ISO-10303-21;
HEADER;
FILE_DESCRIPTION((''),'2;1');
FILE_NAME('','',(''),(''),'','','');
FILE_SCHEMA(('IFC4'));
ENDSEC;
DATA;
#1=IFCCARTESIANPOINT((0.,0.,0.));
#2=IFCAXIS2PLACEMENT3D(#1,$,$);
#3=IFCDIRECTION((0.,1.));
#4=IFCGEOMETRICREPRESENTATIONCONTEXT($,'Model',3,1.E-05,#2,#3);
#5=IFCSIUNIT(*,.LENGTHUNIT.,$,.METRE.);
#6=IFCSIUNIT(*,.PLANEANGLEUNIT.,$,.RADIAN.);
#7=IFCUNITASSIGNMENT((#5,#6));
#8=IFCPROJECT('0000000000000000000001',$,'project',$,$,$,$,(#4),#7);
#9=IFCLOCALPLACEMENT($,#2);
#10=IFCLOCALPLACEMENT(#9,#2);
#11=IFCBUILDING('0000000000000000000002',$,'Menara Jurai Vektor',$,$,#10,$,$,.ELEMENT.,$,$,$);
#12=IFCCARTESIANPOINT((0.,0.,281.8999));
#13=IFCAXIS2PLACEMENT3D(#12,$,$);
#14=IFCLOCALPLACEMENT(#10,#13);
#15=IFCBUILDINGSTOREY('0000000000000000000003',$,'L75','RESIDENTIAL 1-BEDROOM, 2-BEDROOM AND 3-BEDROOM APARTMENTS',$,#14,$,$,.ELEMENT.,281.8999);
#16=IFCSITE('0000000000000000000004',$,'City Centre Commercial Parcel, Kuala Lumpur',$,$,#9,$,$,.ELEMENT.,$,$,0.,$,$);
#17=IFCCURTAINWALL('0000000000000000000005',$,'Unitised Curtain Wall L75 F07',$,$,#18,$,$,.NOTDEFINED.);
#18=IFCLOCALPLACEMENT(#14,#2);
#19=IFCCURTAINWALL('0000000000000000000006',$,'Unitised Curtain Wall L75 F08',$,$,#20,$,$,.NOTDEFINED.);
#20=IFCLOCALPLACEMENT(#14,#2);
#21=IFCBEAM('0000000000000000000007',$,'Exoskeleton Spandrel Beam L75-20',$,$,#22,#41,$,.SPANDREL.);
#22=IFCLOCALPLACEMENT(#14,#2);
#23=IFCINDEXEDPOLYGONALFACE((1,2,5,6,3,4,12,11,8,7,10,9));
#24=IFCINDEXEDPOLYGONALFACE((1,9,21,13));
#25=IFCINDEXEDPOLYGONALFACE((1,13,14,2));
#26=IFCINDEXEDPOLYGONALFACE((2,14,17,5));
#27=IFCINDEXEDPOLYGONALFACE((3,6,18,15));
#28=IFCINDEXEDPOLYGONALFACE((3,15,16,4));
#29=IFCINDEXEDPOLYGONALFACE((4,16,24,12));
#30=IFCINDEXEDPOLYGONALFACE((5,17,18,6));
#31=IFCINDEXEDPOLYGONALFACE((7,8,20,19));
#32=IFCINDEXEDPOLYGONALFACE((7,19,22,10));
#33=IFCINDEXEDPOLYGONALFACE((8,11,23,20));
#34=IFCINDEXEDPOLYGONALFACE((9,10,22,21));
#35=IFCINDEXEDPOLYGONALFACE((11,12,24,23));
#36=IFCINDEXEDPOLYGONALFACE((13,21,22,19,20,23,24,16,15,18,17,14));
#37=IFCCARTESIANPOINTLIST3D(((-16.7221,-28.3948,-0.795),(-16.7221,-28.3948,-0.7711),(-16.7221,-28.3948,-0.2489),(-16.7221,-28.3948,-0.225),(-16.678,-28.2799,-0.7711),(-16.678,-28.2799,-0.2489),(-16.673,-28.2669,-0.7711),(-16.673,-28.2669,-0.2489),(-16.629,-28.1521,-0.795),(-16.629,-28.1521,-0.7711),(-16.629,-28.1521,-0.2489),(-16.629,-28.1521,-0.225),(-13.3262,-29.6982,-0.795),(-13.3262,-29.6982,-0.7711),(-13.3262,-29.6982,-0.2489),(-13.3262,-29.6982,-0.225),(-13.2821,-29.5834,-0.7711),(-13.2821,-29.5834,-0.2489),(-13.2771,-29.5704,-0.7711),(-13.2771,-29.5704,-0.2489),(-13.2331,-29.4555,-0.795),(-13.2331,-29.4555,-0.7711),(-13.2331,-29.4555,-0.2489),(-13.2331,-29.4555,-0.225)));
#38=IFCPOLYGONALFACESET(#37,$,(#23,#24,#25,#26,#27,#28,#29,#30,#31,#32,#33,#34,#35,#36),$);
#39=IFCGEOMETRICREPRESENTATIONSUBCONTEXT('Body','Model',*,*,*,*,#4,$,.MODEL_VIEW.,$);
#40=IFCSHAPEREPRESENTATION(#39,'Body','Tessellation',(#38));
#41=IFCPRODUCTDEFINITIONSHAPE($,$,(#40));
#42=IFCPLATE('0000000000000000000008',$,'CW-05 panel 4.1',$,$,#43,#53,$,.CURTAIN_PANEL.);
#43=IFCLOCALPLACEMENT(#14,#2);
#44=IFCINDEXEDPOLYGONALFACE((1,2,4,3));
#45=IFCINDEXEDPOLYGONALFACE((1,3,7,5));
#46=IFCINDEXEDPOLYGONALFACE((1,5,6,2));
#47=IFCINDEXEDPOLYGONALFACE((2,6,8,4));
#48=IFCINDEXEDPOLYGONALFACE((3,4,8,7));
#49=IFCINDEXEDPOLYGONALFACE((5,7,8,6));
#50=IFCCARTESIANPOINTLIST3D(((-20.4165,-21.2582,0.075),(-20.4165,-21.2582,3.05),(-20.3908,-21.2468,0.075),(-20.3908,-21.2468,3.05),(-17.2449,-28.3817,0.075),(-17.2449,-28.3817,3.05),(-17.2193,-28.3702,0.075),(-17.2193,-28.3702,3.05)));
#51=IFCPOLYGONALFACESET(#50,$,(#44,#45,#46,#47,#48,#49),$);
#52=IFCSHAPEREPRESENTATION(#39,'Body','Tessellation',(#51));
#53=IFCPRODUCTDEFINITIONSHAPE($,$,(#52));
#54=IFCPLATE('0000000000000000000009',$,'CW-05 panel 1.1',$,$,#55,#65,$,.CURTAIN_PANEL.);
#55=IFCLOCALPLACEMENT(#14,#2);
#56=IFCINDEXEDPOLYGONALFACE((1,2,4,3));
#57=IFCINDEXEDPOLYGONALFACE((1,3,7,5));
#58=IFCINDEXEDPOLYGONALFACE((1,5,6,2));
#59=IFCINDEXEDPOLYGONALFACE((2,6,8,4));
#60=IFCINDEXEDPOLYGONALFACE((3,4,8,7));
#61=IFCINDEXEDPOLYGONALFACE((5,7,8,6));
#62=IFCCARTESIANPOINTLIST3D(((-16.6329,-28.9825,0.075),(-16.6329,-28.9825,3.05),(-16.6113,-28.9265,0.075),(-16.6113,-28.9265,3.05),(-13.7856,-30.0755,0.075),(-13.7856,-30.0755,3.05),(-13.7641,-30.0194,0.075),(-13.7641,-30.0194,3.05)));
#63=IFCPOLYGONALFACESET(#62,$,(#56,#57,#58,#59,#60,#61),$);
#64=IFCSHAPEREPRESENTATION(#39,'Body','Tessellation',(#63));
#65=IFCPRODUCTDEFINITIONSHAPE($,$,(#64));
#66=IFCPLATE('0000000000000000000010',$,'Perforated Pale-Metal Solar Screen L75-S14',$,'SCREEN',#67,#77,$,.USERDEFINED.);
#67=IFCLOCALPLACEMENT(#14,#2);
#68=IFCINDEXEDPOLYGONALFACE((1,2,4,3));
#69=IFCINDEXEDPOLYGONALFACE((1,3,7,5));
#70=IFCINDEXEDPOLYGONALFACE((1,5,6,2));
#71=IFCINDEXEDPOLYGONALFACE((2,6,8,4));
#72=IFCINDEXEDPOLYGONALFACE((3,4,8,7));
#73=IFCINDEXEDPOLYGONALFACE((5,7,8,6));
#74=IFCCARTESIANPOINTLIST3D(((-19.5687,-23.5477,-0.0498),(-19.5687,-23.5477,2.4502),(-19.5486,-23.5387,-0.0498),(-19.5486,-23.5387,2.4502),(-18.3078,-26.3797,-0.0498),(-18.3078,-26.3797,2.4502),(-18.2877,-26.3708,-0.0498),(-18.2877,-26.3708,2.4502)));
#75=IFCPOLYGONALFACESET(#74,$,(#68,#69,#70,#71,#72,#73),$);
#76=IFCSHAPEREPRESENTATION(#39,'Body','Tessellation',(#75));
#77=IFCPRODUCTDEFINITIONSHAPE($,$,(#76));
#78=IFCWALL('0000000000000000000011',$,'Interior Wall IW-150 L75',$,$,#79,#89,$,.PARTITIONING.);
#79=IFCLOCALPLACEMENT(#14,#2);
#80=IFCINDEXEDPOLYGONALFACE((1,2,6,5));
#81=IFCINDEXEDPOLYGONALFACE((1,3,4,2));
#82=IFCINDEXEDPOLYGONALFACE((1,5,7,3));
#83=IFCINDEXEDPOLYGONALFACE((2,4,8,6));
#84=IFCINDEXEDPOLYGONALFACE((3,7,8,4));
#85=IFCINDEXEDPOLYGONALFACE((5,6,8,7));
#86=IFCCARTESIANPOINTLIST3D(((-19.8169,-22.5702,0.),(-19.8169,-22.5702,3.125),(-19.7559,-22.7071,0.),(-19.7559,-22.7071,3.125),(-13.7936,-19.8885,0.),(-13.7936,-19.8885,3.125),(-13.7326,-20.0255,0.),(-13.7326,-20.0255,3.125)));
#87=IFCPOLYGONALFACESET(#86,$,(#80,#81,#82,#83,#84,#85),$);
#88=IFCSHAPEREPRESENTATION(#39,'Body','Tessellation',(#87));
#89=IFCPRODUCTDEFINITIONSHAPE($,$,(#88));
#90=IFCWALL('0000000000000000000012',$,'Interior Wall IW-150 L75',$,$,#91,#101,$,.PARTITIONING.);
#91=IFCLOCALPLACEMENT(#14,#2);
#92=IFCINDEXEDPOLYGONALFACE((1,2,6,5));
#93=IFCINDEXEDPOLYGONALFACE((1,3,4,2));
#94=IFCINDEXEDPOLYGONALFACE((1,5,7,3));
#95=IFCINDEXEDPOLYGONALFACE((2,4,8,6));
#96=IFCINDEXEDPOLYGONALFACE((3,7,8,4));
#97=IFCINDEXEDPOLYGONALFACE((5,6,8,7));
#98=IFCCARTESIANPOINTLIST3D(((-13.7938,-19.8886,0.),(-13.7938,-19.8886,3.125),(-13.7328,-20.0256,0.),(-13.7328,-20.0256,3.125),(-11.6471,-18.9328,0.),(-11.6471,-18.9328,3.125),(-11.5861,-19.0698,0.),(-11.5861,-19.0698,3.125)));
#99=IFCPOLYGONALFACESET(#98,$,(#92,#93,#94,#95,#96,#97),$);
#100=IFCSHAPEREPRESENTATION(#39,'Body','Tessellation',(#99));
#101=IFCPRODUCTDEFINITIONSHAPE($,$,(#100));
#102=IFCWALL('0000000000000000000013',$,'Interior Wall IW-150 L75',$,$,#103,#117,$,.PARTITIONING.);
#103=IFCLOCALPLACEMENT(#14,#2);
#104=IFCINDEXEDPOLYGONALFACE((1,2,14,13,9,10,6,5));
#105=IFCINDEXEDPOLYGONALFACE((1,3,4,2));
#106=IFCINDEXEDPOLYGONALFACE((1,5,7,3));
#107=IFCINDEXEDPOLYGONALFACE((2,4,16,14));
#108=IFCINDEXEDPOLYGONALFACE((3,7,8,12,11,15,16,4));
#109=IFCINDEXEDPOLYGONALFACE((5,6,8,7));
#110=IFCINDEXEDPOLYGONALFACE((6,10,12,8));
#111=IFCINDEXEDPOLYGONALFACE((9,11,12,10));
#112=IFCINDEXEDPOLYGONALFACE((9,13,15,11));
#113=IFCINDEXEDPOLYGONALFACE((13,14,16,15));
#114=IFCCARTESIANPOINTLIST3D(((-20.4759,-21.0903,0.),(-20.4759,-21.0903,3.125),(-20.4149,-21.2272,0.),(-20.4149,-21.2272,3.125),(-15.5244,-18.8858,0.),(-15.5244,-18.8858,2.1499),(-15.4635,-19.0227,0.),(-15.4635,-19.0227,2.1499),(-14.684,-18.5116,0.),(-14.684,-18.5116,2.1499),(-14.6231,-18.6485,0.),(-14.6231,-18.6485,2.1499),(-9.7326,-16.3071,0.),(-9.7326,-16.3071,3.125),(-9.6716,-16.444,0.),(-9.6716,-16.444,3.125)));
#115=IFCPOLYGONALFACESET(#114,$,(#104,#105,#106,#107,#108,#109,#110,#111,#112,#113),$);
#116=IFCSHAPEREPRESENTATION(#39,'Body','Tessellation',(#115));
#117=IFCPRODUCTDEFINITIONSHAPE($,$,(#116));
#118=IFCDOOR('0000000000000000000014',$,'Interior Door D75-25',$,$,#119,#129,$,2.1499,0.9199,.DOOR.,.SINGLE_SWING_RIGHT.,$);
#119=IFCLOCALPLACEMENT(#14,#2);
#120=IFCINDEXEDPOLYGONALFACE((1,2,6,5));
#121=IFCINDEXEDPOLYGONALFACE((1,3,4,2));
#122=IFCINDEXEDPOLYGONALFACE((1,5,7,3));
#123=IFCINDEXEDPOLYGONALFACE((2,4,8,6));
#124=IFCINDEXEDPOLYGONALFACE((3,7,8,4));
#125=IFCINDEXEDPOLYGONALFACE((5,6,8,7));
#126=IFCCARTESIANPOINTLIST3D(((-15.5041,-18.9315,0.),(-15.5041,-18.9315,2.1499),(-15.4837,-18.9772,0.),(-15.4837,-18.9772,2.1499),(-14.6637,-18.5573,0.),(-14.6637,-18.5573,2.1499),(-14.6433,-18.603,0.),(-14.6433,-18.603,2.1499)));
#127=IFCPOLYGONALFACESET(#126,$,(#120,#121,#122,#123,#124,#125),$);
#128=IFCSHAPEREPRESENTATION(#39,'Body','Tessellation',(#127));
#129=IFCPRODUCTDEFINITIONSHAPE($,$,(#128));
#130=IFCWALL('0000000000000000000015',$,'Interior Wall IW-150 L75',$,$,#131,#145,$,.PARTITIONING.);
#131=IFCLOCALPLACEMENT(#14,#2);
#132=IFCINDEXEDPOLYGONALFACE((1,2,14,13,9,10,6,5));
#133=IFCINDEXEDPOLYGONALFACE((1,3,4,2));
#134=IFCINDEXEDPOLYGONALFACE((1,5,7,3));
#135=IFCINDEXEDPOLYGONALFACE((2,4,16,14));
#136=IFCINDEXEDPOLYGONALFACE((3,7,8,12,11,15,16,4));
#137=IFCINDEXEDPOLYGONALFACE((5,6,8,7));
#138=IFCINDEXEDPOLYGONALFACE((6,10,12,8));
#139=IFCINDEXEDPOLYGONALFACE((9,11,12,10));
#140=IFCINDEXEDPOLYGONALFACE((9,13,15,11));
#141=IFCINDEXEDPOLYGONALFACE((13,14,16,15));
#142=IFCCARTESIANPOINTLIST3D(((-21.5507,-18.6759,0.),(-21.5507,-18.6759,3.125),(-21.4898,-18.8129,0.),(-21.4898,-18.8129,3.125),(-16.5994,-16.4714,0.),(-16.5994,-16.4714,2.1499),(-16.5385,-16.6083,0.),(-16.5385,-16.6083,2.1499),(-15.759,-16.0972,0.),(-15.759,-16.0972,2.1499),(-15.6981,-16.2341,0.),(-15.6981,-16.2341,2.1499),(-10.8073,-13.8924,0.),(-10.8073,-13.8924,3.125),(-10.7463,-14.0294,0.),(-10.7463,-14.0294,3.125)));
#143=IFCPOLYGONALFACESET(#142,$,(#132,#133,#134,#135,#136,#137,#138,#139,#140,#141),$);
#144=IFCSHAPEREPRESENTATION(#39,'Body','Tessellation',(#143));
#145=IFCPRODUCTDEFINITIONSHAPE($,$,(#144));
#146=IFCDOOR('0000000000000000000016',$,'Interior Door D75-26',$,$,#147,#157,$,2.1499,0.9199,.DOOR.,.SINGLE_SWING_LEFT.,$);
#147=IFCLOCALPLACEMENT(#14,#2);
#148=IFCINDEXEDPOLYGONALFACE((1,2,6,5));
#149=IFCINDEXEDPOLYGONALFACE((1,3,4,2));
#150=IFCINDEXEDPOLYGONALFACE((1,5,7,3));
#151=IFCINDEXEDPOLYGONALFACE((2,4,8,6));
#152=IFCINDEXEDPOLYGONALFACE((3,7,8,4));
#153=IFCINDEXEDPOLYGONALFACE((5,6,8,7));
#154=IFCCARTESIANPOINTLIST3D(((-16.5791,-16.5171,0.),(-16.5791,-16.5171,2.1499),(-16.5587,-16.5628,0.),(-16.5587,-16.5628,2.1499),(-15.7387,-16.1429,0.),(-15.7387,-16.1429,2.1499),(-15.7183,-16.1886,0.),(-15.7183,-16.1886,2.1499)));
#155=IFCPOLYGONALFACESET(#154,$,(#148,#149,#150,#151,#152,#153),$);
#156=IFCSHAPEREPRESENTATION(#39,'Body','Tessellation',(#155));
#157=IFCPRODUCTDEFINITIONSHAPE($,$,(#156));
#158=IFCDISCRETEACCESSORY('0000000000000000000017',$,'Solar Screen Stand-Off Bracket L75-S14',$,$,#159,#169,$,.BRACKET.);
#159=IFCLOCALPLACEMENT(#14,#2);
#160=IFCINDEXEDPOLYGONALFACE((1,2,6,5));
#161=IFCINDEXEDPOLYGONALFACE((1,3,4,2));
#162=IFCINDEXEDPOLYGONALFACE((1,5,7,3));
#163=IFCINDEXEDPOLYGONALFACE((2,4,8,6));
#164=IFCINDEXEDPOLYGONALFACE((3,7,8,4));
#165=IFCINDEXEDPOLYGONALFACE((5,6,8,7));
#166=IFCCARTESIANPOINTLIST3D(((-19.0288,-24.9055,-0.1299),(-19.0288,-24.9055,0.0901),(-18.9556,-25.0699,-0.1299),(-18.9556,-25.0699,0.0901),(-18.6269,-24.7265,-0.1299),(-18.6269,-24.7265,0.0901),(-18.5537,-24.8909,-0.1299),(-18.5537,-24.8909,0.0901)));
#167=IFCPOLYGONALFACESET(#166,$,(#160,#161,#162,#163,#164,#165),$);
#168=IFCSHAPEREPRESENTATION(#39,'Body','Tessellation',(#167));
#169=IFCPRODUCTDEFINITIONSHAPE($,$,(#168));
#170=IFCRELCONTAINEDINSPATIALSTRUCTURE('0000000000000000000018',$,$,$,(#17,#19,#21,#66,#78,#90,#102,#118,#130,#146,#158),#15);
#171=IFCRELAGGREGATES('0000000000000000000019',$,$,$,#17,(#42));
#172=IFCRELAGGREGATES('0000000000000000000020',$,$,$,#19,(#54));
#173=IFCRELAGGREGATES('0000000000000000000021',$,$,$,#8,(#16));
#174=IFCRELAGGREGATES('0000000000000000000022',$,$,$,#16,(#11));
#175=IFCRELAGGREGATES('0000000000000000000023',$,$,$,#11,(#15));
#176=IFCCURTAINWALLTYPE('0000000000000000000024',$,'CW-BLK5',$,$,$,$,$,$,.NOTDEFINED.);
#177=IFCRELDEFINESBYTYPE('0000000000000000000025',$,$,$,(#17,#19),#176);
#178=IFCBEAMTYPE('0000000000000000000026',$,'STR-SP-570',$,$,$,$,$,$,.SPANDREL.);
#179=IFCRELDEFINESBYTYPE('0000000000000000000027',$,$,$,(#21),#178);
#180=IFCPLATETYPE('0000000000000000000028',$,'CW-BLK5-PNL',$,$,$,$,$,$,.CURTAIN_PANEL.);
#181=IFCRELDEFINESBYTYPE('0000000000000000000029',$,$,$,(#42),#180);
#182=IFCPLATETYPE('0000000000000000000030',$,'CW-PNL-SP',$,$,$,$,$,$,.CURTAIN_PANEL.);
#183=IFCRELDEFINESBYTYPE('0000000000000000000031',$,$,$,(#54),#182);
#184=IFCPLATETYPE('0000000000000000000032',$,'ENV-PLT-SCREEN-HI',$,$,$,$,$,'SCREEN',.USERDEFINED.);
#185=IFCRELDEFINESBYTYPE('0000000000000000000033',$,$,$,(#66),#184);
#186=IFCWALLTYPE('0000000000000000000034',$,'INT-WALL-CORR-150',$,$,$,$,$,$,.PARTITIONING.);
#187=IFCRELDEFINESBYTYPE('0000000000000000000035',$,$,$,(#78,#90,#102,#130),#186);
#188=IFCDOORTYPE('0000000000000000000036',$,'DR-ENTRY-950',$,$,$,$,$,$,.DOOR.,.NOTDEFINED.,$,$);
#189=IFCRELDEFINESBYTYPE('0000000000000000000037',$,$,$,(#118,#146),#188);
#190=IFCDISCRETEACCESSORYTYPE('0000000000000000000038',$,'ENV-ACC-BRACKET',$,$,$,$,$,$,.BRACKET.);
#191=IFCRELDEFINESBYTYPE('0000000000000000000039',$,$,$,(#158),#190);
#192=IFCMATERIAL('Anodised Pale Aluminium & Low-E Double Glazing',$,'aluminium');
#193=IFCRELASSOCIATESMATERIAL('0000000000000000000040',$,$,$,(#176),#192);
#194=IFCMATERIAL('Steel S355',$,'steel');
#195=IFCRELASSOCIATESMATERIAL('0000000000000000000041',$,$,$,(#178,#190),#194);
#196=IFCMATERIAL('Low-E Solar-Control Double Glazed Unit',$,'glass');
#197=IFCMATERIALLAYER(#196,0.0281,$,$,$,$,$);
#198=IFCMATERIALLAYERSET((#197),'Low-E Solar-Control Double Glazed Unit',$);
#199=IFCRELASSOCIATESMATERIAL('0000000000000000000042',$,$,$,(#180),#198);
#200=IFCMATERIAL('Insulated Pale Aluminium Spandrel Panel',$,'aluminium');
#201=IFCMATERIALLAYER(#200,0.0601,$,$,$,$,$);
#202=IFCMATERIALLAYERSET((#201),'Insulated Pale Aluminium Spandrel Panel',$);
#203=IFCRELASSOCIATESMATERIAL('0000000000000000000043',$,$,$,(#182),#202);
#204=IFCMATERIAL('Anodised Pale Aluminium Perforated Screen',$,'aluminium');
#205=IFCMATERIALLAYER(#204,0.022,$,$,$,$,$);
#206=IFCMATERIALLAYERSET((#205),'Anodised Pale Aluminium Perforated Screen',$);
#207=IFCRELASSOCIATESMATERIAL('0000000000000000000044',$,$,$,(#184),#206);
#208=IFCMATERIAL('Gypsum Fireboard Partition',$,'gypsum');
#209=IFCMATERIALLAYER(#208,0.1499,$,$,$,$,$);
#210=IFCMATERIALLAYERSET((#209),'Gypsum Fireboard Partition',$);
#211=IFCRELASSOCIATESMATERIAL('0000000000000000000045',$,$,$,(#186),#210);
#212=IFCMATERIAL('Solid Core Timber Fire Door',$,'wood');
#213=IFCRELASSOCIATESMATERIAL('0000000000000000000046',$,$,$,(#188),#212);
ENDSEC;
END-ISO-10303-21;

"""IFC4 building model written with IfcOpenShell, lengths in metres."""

from ifc_helpers import new_model, si_unit, direction, frame, frame_2d, origin, origin_2d, place, context, subcontext, project, spatial, rectangle, i_section, extrude, material, layer, layer_set, material_profile, profile_set, type_object, element, fill, aggregate, save


model = new_model("IFC4")

# Units and contexts
model_context = context("Model", 3, precision=1e-05, world=origin(), true_north=direction((0.0, 1.0)))
body_context = subcontext(model_context, "Body", "Model", "MODEL_VIEW")
ifc_project = project(units=[si_unit("LENGTHUNIT", "METRE"), si_unit("PLANEANGLEUNIT", "RADIAN")], contexts=[model_context])

# Site, building, storey
site_placement = place(None, origin())
site = spatial("IfcSite", under=ifc_project, at=site_placement, Name="City Centre Commercial Parcel, Kuala Lumpur", CompositionType="ELEMENT", RefElevation=0.0)
building_placement = place(site_placement, origin())
building = spatial("IfcBuilding", under=site, at=building_placement, Name="Menara Jurai Vektor", CompositionType="ELEMENT")
storey_placement = place(building_placement, frame((0.0, 0.0, 281.8999)))
storey = spatial("IfcBuildingStorey", under=building, at=storey_placement, Name="L75", Description="RESIDENTIAL 1-BEDROOM, 2-BEDROOM AND 3-BEDROOM APARTMENTS", CompositionType="ELEMENT", Elevation=281.8999)

# Curtain walls
ifc_material_1 = material(Name="Anodised Pale Aluminium & Low-E Double Glazing", Category="aluminium")
curtain_wall_type = type_object("IfcCurtainWallType", Name="CW-BLK5", PredefinedType="NOTDEFINED", material=ifc_material_1)
curtain_wall_1_placement = place(storey_placement, origin())
curtain_wall_1 = element("IfcCurtainWall", 1, at=curtain_wall_1_placement, inside=storey, type_object=curtain_wall_type, Name="Unitised Curtain Wall L75 F07", PredefinedType="NOTDEFINED")
curtain_wall_2_placement = place(storey_placement, origin())
curtain_wall_2 = element("IfcCurtainWall", 2, at=curtain_wall_2_placement, inside=storey, type_object=curtain_wall_type, Name="Unitised Curtain Wall L75 F08", PredefinedType="NOTDEFINED")

# Beam
ifc_material_2 = material(Name="Steel S355", Category="steel")
ifc_material_profile_1 = material_profile(ifc_material_2, i_section(OverallWidth=0.26, OverallDepth=0.5701, WebThickness=0.0139, FlangeThickness=0.0239, at=origin_2d()), Name="PG 570x260x145")
ifc_profile_set_1 = profile_set([ifc_material_profile_1], Name="Steel S355")
beam_type_1 = type_object("IfcBeamType", Name="STR-SP-570", PredefinedType="SPANDREL", material=ifc_profile_set_1)
beam_1_placement = place(storey_placement, frame((-16.6755, -28.2734, -0.51), z_axis=(0.933593, -0.358336, 0.0), x_axis=(0.358336, 0.933593, 0.0)))
element("IfcBeam", 3, at=beam_1_placement, inside=storey, type_object=beam_type_1, Name="Exoskeleton Spandrel Beam L75-20", PredefinedType="SPANDREL", context=body_context, shape_type="SweptSolid", body=[
    extrude(i_section(OverallWidth=0.26, OverallDepth=0.5701, WebThickness=0.0139, FlangeThickness=0.0239, at=origin_2d()), origin(), (0.0, 0.0, 1.0), 3.6375),
])

# Plates
ifc_material_3 = material(Name="Low-E Solar-Control Double Glazed Unit", Category="glass")
ifc_layer_1 = layer(ifc_material_3, 0.0281)
ifc_layer_set_1 = layer_set([ifc_layer_1], Name="Low-E Solar-Control Double Glazed Unit")
plate_type_1 = type_object("IfcPlateType", Name="CW-BLK5-PNL", PredefinedType="CURTAIN_PANEL", material=ifc_layer_set_1)
plate_1_placement = place(storey_placement, frame((-18.8179, -24.8142, 0.075), z_axis=(0.0, 0.0, 1.0), x_axis=(0.406735, -0.913546, 0.0)))
plate_1 = element("IfcPlate", 4, at=plate_1_placement, type_object=plate_type_1, Name="CW-05 panel 4.1", PredefinedType="CURTAIN_PANEL", context=body_context, shape_type="SweptSolid", body=[
    extrude(rectangle(XDim=7.7976, YDim=0.0281, at=origin_2d()), origin(), (0.0, 0.0, 1.0), 2.9751),
])
aggregate(curtain_wall_1, [plate_1])
ifc_material_4 = material(Name="Insulated Pale Aluminium Spandrel Panel", Category="aluminium")
ifc_layer_2 = layer(ifc_material_4, 0.0601)
ifc_layer_set_2 = layer_set([ifc_layer_2], Name="Insulated Pale Aluminium Spandrel Panel")
plate_type_2 = type_object("IfcPlateType", Name="CW-PNL-SP", PredefinedType="CURTAIN_PANEL", material=ifc_layer_set_2)
plate_2_placement = place(storey_placement, frame((-15.1985, -29.501, 0.075), z_axis=(0.0, 0.0, 1.0), x_axis=(0.933578, -0.358374, 0.0)))
plate_2 = element("IfcPlate", 5, at=plate_2_placement, type_object=plate_type_2, Name="CW-05 panel 1.1", PredefinedType="CURTAIN_PANEL", context=body_context, shape_type="SweptSolid", body=[
    extrude(rectangle(XDim=3.0498, YDim=0.0601, at=origin_2d()), origin(), (0.0, 0.0, 1.0), 2.9751),
])
aggregate(curtain_wall_2, [plate_2])
ifc_material_5 = material(Name="Anodised Pale Aluminium Perforated Screen", Category="aluminium")
ifc_layer_3 = layer(ifc_material_5, 0.022)
ifc_layer_set_3 = layer_set([ifc_layer_3], Name="Anodised Pale Aluminium Perforated Screen")
plate_type_3 = type_object("IfcPlateType", Name="ENV-PLT-SCREEN-HI", ElementType="SCREEN", PredefinedType="USERDEFINED", material=ifc_layer_set_3)
plate_3_placement = place(storey_placement, frame((-18.9282, -24.9592, -0.0498), z_axis=(0.0, 0.0, 1.0), x_axis=(0.406737, -0.913545, 0.0)))
element("IfcPlate", 6, at=plate_3_placement, inside=storey, type_object=plate_type_3, Name="Perforated Pale-Metal Solar Screen L75-S14", ObjectType="SCREEN", PredefinedType="USERDEFINED", context=body_context, shape_type="SweptSolid", body=[
    extrude(rectangle(XDim=3.1001, YDim=0.022, at=origin_2d()), origin(), (0.0, 0.0, 1.0), 2.5),
])

# Walls
ifc_material_6 = material(Name="Gypsum Fireboard Partition", Category="gypsum")
ifc_layer_4 = layer(ifc_material_6, 0.1499)
ifc_layer_set_4 = layer_set([ifc_layer_4], Name="Gypsum Fireboard Partition")
wall_type = type_object("IfcWallType", Name="INT-WALL-CORR-150", PredefinedType="PARTITIONING", material=ifc_layer_set_4)
wall_1_placement = place(storey_placement, frame((-19.7864, -22.6387, 0.0), z_axis=(0.0, 0.0, 1.0), x_axis=(0.913549, 0.406729, 0.0)))
element("IfcWall", 7, at=wall_1_placement, inside=storey, type_object=wall_type, Name="Interior Wall IW-150 L75", PredefinedType="PARTITIONING", context=body_context, shape_type="SweptSolid", body=[
    extrude(rectangle(XDim=6.5933, YDim=0.1499, at=frame_2d((3.2966, 0.0))), origin(), (0.0, 0.0, 1.0), 3.125),
])
wall_2_placement = place(storey_placement, frame((-13.7632, -19.957, 0.0), z_axis=(0.0, 0.0, 1.0), x_axis=(0.913541, 0.406746, 0.0)))
element("IfcWall", 8, at=wall_2_placement, inside=storey, type_object=wall_type, Name="Interior Wall IW-150 L75", PredefinedType="PARTITIONING", context=body_context, shape_type="SweptSolid", body=[
    extrude(rectangle(XDim=2.3499, YDim=0.1499, at=frame_2d((1.1748, 0.0))), origin(), (0.0, 0.0, 1.0), 3.125),
])

# Walls, openings, doors
wall_3_placement = place(storey_placement, frame((-20.4453, -21.1587, 0.0), z_axis=(0.0, 0.0, 1.0), x_axis=(0.913548, 0.406732, 0.0)))
wall_3 = element("IfcWall", 9, at=wall_3_placement, inside=storey, type_object=wall_type, Name="Interior Wall IW-150 L75", PredefinedType="PARTITIONING", context=body_context, shape_type="SweptSolid", body=[
    extrude(rectangle(XDim=11.76, YDim=0.1499, at=frame_2d((5.8799, 0.0))), origin(), (0.0, 0.0, 1.0), 3.125),
])
opening_1_placement = place(wall_3_placement, frame((5.4199, 0.0, 0.0)))
opening_1 = element("IfcOpeningElement", 10, at=opening_1_placement, cuts=wall_3, PredefinedType="OPENING", context=body_context, shape_type="SweptSolid", body=[
    extrude(rectangle(XDim=0.9199, YDim=2.1499, at=frame_2d((0.46, 1.075))), frame((0.0, 0.085, 0.0), z_axis=(0.0, -1.0, 0.0), x_axis=(1.0, 0.0, 0.0)), (0.0, 0.0, 1.0), 0.1699),
])
ifc_material_7 = material(Name="Solid Core Timber Fire Door", Category="wood")
door_type = type_object("IfcDoorType", Name="DR-ENTRY-950", OperationType="NOTDEFINED", PredefinedType="DOOR", material=ifc_material_7)
door_1_placement = place(opening_1_placement, origin())
door_1 = element("IfcDoor", 11, at=door_1_placement, inside=storey, type_object=door_type, Name="Interior Door D75-25", OperationType="SINGLE_SWING_RIGHT", OverallHeight=2.1499, OverallWidth=0.9199, PredefinedType="DOOR", context=body_context, shape_type="SweptSolid", body=[
    extrude(rectangle(XDim=0.9199, YDim=2.1499, at=frame_2d((0.46, 1.075))), frame((0.0, 0.0249, 0.0), z_axis=(0.0, -1.0, 0.0), x_axis=(1.0, 0.0, 0.0)), (0.0, 0.0, 1.0), 0.05),
])
fill(opening_1, door_1)
wall_4_placement = place(storey_placement, frame((-21.5203, -18.7444, 0.0), z_axis=(0.0, 0.0, 1.0), x_axis=(0.91354, 0.406749, 0.0)))
wall_4 = element("IfcWall", 12, at=wall_4_placement, inside=storey, type_object=wall_type, Name="Interior Wall IW-150 L75", PredefinedType="PARTITIONING", context=body_context, shape_type="SweptSolid", body=[
    extrude(rectangle(XDim=11.7603, YDim=0.1499, at=frame_2d((5.8801, 0.0))), origin(), (0.0, 0.0, 1.0), 3.125),
])
opening_2_placement = place(wall_4_placement, frame((5.4199, 0.0, 0.0)))
opening_2 = element("IfcOpeningElement", 13, at=opening_2_placement, cuts=wall_4, PredefinedType="OPENING", context=body_context, shape_type="SweptSolid", body=[
    extrude(rectangle(XDim=0.9199, YDim=2.1499, at=frame_2d((0.46, 1.075))), frame((0.0, 0.085, 0.0), z_axis=(0.0, -1.0, 0.0), x_axis=(1.0, 0.0, 0.0)), (0.0, 0.0, 1.0), 0.1699),
])
door_2_placement = place(opening_2_placement, origin())
door_2 = element("IfcDoor", 14, at=door_2_placement, inside=storey, type_object=door_type, Name="Interior Door D75-26", OperationType="SINGLE_SWING_LEFT", OverallHeight=2.1499, OverallWidth=0.9199, PredefinedType="DOOR", context=body_context, shape_type="SweptSolid", body=[
    extrude(rectangle(XDim=0.9199, YDim=2.1499, at=frame_2d((0.46, 1.075))), frame((0.0, 0.0249, 0.0), z_axis=(0.0, -1.0, 0.0), x_axis=(1.0, 0.0, 0.0)), (0.0, 0.0, 1.0), 0.05),
])
fill(opening_2, door_2)

# Discrete accessory
discrete_accessory_type = type_object("IfcDiscreteAccessoryType", Name="ENV-ACC-BRACKET", PredefinedType="BRACKET", material=ifc_material_2)
discrete_accessory_placement = place(storey_placement, frame((-18.7913, -24.8982, -0.1299), z_axis=(0.0, 0.0, 1.0), x_axis=(0.406737, -0.913545, 0.0)))
element("IfcDiscreteAccessory", 15, at=discrete_accessory_placement, inside=storey, type_object=discrete_accessory_type, Name="Solar Screen Stand-Off Bracket L75-S14", PredefinedType="BRACKET", context=body_context, shape_type="SweptSolid", body=[
    extrude(rectangle(XDim=0.1799, YDim=0.4399, at=origin_2d()), origin(), (0.0, 0.0, 1.0), 0.22),
])

save(model, "model.ifc")
